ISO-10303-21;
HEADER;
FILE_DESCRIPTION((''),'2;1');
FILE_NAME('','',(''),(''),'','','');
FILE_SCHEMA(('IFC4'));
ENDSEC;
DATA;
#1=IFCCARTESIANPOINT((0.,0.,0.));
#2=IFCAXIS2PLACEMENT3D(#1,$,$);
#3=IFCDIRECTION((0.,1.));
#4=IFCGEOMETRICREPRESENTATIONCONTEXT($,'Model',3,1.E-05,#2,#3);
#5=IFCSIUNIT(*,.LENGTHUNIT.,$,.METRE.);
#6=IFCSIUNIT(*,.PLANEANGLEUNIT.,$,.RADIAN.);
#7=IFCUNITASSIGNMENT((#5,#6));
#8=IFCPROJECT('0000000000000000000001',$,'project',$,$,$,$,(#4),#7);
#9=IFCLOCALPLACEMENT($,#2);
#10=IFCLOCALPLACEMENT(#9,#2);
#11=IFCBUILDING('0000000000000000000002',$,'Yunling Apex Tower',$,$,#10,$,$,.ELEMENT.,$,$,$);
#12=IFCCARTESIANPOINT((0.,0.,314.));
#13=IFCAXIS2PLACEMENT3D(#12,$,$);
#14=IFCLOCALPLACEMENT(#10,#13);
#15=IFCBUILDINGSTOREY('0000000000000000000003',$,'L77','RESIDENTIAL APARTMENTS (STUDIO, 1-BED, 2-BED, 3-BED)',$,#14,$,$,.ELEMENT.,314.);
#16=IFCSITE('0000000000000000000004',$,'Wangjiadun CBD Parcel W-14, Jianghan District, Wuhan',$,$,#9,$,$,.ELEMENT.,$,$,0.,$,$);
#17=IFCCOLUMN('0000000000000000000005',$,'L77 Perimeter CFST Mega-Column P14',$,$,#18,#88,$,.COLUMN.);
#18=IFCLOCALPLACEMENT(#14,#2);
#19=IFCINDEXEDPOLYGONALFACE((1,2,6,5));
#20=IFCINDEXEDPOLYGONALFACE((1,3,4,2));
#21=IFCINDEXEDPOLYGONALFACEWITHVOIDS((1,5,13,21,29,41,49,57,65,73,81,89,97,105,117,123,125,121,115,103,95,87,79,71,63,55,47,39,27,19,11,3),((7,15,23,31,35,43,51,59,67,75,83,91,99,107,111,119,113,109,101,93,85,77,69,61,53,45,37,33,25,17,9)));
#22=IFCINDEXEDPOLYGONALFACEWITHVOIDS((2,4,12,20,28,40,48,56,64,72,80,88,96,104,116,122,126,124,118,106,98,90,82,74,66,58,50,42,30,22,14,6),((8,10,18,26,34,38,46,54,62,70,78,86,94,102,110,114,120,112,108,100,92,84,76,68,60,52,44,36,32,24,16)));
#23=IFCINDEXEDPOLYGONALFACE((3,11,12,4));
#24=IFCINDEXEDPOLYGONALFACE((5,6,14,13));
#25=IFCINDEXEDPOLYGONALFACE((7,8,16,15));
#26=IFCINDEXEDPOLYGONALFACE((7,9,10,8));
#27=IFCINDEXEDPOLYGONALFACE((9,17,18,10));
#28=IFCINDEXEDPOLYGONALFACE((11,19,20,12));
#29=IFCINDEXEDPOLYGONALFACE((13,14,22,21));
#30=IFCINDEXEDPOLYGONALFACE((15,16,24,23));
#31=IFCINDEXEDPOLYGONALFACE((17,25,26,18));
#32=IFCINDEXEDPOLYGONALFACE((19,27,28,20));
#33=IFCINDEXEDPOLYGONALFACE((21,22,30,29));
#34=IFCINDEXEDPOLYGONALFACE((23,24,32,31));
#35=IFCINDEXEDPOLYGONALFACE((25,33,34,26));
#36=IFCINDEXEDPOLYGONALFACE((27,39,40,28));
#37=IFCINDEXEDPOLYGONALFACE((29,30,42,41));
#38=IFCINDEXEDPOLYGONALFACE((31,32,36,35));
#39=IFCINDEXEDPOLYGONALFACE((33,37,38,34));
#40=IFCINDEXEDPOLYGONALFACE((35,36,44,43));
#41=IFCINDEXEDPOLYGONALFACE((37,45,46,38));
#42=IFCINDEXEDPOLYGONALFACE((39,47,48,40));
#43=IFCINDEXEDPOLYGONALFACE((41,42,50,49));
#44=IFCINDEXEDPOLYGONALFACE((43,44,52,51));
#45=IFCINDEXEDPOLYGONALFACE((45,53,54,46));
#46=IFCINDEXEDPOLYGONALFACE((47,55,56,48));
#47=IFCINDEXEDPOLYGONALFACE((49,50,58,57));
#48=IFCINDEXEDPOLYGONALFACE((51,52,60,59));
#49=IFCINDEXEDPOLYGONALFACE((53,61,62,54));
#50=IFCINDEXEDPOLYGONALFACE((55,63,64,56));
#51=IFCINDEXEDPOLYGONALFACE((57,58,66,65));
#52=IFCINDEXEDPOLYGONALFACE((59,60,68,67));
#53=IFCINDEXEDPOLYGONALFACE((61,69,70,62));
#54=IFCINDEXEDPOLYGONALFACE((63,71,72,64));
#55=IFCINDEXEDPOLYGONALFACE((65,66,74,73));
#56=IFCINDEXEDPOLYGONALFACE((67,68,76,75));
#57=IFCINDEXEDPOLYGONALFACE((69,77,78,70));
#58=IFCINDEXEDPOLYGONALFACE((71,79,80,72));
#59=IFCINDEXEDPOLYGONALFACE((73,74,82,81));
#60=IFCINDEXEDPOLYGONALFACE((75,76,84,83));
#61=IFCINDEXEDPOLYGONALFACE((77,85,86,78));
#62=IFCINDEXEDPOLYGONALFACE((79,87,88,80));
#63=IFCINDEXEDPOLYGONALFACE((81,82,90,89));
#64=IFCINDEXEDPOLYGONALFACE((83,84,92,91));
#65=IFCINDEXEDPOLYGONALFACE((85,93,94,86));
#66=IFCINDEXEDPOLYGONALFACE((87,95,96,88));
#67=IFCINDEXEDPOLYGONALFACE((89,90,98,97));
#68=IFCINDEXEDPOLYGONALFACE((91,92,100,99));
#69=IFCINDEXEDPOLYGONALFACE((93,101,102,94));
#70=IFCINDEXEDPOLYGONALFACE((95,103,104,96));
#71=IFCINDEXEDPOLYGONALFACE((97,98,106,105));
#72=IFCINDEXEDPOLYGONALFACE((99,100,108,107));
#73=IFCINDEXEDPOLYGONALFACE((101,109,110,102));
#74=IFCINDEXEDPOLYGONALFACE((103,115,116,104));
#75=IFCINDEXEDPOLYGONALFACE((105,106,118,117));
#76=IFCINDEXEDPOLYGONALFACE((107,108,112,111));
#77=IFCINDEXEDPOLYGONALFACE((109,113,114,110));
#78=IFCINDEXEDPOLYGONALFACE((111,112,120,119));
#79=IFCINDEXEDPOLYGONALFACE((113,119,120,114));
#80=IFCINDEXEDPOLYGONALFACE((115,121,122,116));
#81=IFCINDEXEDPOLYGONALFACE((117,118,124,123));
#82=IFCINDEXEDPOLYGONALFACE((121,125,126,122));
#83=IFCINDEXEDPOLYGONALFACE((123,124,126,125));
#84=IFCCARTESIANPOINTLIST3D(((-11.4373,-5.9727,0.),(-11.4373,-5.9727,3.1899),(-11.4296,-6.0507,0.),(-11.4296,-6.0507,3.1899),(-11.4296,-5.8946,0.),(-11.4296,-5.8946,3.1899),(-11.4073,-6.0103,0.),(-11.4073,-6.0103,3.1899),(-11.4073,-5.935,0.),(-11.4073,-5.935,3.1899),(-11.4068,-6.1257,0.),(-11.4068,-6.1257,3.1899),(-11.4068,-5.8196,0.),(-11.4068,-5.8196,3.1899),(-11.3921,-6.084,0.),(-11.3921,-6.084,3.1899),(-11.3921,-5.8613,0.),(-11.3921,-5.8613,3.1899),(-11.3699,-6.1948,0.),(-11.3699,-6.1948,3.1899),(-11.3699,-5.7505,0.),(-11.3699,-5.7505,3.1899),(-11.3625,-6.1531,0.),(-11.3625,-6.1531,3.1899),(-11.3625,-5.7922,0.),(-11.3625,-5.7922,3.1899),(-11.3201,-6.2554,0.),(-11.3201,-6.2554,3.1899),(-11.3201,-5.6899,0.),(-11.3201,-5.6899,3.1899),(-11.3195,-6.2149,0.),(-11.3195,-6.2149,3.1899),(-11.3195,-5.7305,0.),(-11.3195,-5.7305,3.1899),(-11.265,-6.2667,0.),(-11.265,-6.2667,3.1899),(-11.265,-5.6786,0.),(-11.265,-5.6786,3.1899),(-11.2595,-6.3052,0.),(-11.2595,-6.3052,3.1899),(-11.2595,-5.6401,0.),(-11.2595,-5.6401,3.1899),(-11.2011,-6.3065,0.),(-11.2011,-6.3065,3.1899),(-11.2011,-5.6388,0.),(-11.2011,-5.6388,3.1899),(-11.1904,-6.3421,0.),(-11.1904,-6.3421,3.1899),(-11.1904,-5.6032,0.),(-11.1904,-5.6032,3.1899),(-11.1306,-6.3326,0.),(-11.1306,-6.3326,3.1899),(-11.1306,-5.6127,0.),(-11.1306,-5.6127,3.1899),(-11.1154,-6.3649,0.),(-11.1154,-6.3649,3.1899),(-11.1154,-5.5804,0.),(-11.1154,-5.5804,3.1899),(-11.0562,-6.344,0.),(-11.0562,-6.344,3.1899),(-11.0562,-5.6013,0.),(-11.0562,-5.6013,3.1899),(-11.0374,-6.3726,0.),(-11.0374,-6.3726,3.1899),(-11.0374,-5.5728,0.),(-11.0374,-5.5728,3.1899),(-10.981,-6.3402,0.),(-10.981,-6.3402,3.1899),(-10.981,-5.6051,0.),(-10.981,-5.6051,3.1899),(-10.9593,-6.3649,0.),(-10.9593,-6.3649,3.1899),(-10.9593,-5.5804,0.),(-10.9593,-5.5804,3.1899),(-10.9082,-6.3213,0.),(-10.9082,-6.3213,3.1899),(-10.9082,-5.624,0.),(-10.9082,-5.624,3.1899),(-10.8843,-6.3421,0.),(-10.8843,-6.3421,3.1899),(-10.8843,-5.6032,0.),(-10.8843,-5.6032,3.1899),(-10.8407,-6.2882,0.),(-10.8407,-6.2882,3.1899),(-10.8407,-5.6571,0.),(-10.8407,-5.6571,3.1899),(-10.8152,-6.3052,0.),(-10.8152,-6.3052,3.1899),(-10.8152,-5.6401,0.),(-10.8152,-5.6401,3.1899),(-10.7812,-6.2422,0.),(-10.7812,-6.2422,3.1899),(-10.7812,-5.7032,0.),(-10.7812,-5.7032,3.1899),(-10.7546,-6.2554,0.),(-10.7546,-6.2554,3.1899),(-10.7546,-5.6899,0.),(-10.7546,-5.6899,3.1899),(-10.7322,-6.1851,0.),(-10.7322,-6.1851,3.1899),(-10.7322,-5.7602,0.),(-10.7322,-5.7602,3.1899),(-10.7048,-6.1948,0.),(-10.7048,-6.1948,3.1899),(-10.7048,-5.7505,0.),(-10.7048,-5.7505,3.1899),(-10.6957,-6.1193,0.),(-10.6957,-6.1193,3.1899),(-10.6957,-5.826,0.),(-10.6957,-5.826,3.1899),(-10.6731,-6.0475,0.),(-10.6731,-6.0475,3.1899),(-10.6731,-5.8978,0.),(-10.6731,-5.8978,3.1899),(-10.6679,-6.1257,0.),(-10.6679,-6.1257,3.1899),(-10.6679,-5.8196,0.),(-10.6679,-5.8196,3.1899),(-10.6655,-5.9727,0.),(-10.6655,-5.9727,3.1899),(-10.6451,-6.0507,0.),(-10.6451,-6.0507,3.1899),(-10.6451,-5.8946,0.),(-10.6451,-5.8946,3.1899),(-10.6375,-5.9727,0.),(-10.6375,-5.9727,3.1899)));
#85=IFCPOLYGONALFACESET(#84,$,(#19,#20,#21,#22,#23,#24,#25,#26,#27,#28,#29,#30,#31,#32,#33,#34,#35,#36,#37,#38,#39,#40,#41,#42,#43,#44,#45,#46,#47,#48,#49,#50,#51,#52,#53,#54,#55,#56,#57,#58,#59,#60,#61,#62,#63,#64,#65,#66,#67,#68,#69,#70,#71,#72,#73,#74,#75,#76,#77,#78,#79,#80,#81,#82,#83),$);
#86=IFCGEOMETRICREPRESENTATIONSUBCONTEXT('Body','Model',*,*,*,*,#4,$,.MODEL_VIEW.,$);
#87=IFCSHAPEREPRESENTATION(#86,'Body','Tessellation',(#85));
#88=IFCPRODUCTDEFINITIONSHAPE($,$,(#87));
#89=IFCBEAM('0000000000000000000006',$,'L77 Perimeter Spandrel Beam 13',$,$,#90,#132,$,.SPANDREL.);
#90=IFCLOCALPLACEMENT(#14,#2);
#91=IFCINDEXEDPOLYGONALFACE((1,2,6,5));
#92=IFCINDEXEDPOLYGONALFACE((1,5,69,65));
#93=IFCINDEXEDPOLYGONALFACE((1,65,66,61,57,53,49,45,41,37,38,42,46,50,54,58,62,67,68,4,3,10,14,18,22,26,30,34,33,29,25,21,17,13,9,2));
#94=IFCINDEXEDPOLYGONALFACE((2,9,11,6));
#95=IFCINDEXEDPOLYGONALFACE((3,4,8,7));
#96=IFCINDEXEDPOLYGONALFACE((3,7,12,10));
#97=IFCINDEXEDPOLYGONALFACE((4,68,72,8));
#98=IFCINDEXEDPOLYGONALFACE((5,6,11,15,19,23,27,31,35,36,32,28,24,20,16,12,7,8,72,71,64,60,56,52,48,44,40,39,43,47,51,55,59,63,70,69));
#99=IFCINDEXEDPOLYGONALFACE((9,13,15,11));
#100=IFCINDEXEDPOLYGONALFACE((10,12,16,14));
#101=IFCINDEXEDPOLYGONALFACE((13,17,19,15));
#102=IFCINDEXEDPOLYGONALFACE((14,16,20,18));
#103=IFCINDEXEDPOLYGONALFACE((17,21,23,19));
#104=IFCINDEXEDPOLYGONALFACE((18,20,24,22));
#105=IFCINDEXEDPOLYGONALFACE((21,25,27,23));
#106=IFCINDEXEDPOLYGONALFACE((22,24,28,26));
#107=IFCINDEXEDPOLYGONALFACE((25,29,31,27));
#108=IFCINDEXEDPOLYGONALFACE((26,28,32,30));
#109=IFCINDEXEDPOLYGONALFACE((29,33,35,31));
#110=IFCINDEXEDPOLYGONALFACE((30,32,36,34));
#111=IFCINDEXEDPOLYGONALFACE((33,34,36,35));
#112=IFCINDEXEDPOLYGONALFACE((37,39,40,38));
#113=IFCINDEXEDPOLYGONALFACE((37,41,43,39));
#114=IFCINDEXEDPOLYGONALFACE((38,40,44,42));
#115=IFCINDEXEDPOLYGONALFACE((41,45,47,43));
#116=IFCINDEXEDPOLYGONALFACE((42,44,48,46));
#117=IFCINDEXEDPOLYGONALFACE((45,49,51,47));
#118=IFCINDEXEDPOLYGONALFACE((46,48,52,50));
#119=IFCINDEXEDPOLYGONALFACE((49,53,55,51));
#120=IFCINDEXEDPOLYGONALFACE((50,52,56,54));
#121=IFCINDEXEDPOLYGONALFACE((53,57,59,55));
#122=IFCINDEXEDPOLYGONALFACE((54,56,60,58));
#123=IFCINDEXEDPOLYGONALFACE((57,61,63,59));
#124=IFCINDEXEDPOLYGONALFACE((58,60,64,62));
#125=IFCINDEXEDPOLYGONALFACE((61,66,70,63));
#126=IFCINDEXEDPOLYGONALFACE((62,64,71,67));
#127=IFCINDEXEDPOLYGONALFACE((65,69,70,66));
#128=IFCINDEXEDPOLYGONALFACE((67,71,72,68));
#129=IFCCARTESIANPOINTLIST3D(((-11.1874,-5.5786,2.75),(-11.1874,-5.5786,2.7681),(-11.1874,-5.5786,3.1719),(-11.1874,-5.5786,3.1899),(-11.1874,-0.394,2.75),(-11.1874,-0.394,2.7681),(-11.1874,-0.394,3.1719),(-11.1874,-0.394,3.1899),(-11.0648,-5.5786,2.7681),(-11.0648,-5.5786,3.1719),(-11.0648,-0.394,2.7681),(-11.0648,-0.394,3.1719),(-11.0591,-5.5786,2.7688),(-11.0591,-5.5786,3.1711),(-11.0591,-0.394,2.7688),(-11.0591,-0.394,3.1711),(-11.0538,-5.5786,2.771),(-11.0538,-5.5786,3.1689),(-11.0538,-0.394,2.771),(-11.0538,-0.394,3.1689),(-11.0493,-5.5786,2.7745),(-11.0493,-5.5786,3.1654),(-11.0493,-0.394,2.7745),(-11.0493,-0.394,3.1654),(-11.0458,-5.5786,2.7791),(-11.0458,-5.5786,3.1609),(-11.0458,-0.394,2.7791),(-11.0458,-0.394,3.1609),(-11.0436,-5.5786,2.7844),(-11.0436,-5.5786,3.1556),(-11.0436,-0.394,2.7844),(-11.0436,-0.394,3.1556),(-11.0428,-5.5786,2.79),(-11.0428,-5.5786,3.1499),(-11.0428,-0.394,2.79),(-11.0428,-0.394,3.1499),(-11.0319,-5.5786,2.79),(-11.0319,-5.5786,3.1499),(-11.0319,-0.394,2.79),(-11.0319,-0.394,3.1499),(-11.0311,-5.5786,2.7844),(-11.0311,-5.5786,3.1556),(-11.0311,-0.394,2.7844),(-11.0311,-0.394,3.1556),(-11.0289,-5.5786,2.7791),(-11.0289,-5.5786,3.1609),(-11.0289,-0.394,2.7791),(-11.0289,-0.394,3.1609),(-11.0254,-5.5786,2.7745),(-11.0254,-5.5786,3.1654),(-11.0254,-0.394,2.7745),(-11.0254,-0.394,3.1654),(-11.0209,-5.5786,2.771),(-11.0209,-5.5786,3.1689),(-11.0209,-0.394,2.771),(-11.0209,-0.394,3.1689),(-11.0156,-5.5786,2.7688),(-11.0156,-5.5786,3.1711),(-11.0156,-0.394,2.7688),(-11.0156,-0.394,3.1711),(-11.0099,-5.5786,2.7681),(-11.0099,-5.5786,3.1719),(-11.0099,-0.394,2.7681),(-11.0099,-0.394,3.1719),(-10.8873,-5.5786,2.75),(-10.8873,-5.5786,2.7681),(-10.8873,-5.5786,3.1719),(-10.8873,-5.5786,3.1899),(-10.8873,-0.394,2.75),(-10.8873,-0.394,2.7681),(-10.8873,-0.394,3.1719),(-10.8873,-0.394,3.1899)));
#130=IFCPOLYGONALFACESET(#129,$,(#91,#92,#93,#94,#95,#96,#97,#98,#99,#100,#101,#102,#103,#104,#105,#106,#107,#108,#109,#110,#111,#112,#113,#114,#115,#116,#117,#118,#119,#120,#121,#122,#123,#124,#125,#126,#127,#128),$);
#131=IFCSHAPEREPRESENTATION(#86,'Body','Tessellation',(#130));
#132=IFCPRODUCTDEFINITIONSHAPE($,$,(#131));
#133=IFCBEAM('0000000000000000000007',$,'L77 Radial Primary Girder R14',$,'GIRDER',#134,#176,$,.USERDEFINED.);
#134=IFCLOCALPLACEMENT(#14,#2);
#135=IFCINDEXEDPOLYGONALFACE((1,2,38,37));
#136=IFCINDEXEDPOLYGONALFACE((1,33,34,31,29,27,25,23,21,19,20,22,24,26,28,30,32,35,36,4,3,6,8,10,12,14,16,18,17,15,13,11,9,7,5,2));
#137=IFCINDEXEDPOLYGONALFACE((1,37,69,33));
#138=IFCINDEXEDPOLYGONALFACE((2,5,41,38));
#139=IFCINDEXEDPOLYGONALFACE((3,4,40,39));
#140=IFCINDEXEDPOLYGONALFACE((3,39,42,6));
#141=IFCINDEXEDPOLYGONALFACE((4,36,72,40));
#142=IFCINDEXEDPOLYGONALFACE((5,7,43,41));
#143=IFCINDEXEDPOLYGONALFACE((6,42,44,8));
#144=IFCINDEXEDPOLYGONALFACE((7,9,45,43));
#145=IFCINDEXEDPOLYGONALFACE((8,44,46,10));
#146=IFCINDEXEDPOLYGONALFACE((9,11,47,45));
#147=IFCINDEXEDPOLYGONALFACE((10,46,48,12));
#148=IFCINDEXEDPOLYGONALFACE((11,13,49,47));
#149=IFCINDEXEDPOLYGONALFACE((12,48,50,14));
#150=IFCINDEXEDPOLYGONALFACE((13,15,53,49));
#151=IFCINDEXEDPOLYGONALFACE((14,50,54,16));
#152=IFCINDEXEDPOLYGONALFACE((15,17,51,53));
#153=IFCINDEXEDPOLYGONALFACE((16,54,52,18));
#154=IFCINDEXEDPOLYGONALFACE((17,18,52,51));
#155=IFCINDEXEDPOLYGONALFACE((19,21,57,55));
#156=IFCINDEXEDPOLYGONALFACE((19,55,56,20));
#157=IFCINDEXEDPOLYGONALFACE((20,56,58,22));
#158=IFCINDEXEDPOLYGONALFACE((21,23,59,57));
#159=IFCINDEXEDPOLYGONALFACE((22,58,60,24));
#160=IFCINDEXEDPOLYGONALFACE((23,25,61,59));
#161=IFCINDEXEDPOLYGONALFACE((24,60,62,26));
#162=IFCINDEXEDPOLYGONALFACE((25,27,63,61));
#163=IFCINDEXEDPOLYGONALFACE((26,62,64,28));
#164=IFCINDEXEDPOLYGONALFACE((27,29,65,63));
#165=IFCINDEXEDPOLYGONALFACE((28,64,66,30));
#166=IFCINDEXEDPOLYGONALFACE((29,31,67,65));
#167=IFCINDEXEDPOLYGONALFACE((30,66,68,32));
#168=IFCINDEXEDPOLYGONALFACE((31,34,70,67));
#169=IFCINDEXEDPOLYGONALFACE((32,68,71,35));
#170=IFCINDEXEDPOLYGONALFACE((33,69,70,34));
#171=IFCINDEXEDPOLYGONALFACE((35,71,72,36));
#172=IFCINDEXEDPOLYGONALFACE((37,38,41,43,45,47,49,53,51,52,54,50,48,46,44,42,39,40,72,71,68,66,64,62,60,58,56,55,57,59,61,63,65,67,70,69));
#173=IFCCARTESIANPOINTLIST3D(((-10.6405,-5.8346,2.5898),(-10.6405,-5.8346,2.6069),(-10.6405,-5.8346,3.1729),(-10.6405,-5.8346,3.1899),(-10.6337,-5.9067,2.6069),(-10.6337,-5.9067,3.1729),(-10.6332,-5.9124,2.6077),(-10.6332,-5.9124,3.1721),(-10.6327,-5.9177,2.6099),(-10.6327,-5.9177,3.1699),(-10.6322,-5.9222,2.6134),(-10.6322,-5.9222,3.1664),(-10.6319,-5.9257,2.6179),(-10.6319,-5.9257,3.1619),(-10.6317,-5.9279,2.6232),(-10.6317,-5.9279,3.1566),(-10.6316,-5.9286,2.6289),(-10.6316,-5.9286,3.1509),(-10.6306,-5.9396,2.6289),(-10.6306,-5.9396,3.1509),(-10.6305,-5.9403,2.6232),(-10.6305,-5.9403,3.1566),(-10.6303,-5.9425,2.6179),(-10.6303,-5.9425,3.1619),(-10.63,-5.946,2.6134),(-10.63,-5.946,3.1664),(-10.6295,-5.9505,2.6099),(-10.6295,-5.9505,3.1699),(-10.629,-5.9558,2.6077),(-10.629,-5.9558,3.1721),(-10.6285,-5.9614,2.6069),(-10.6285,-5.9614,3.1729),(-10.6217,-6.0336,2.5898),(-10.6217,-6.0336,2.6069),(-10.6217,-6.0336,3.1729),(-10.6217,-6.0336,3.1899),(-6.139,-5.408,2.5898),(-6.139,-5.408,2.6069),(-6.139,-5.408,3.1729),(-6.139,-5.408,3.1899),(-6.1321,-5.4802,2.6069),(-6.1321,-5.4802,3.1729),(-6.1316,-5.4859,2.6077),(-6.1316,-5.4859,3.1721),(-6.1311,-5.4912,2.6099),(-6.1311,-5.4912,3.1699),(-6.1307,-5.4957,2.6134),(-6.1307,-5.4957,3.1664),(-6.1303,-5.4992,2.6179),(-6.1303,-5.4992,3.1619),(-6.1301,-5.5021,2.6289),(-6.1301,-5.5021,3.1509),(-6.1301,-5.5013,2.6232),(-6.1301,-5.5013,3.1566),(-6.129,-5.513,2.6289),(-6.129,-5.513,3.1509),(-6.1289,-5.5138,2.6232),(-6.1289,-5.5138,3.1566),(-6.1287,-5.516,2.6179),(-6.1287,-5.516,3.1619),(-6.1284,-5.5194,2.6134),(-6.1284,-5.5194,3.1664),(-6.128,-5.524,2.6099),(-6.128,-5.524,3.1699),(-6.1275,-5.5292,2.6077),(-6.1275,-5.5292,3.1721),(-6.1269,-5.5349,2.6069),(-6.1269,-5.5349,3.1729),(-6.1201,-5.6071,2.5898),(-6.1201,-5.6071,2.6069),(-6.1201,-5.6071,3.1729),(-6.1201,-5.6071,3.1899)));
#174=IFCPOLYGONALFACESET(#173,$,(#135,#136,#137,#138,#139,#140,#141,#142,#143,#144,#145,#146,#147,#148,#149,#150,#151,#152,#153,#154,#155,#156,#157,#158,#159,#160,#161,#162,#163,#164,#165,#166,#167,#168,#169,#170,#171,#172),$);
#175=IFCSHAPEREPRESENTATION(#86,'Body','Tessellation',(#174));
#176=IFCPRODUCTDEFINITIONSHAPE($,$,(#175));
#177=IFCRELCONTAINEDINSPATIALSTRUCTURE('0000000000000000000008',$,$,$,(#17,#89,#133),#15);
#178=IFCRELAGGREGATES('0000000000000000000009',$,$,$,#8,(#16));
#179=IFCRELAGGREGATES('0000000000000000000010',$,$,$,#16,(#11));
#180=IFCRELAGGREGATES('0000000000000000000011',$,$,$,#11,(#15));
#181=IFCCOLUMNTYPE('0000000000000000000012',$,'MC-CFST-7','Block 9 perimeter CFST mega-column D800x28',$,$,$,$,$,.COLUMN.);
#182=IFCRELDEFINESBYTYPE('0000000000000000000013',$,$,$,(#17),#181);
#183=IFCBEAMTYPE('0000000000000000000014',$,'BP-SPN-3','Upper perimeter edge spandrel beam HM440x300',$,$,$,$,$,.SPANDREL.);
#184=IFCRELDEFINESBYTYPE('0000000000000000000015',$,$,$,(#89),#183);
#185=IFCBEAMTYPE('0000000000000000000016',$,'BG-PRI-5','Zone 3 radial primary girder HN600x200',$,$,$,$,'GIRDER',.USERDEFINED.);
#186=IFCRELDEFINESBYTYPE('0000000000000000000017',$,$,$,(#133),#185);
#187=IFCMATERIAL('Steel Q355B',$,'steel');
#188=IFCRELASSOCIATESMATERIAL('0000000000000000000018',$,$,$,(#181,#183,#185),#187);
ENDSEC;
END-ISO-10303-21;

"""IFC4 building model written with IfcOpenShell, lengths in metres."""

from ifc_helpers import new_model, si_unit, direction, frame, origin, origin_2d, place, context, subcontext, project, spatial, hollow_circle, i_section, extrude, source, transform, mapped, material, material_profile, profile_set, type_object, element, save


model = new_model("IFC4")

# Units and contexts
model_context = context("Model", 3, precision=1e-05, world=origin(), true_north=direction((0.0, 1.0)))
body_context = subcontext(model_context, "Body", "Model", "MODEL_VIEW")
ifc_project = project(units=[si_unit("LENGTHUNIT", "METRE"), si_unit("PLANEANGLEUNIT", "RADIAN")], contexts=[model_context])

# Site, building, storey
site_placement = place(None, origin())
site = spatial("IfcSite", under=ifc_project, at=site_placement, Name="Wangjiadun CBD Parcel W-14, Jianghan District, Wuhan", CompositionType="ELEMENT", RefElevation=0.0)
building_placement = place(site_placement, origin())
building = spatial("IfcBuilding", under=site, at=building_placement, Name="Yunling Apex Tower", CompositionType="ELEMENT")
storey_placement = place(building_placement, frame((0.0, 0.0, 314.0)))
storey = spatial("IfcBuildingStorey", under=building, at=storey_placement, Name="L77", Description="RESIDENTIAL APARTMENTS (STUDIO, 1-BED, 2-BED, 3-BED)", CompositionType="ELEMENT", Elevation=314.0)

# Column
ifc_material_1 = material(Name="Steel Q355B", Category="steel")
ifc_material_profile_1 = material_profile(ifc_material_1, hollow_circle(Radius=0.3999, WallThickness=0.0281, at=origin_2d()))
ifc_profile_set_1 = profile_set([ifc_material_profile_1], Name="Steel Q355B")
column_type = type_object("IfcColumnType", Name="MC-CFST-7", Description="Block 9 perimeter CFST mega-column D800x28", PredefinedType="COLUMN", material=ifc_profile_set_1)
shared_shape_1 = source(origin(), body_context, "Body", "SweptSolid", [
    extrude(hollow_circle(Radius=0.3999, WallThickness=0.0281, at=origin_2d()), origin(), (0.0, 0.0, 1.0), 3.1899),
])
column_placement = place(storey_placement, frame((-11.0374, -5.9727, 0.0), z_axis=(0.0, 0.0, 1.0), x_axis=(1.0, 0.0, 0.0)))
element("IfcColumn", 1, at=column_placement, inside=storey, type_object=column_type, Name="L77 Perimeter CFST Mega-Column P14", PredefinedType="COLUMN", context=body_context, shape_type="MappedRepresentation", body=[
    mapped(shared_shape_1, transform((0.0, 0.0, 0.0), scale=1.0)),
])

# Beams
ifc_material_profile_2 = material_profile(ifc_material_1, i_section(OverallWidth=0.3, OverallDepth=0.4399, WebThickness=0.011, FlangeThickness=0.0181, FilletRadius=0.022, at=origin_2d()))
ifc_profile_set_2 = profile_set([ifc_material_profile_2], Name="Steel Q355B")
beam_type_1 = type_object("IfcBeamType", Name="BP-SPN-3", Description="Upper perimeter edge spandrel beam HM440x300", PredefinedType="SPANDREL", material=ifc_profile_set_2)
shared_shape_2 = source(origin(), body_context, "Body", "SweptSolid", [
    extrude(i_section(OverallWidth=0.3, OverallDepth=0.4399, WebThickness=0.011, FlangeThickness=0.0181, FilletRadius=0.022, at=origin_2d()), origin(), (0.0, 0.0, 1.0), 5.1846),
])
beam_1_placement = place(storey_placement, frame((-11.0374, -0.394, 2.97), z_axis=(0.0, -1.0, 0.0), x_axis=(1.0, 0.0, 0.0)))
element("IfcBeam", 2, at=beam_1_placement, inside=storey, type_object=beam_type_1, Name="L77 Perimeter Spandrel Beam 13", PredefinedType="SPANDREL", context=body_context, shape_type="MappedRepresentation", body=[
    mapped(shared_shape_2, transform((0.0, 0.0, 0.0), scale=1.0)),
])
ifc_material_profile_3 = material_profile(ifc_material_1, i_section(OverallWidth=0.2, OverallDepth=0.6001, WebThickness=0.011, FlangeThickness=0.0171, FilletRadius=0.022, at=origin_2d()))
ifc_profile_set_3 = profile_set([ifc_material_profile_3], Name="Steel Q355B")
beam_type_2 = type_object("IfcBeamType", Name="BG-PRI-5", Description="Zone 3 radial primary girder HN600x200", ElementType="GIRDER", PredefinedType="USERDEFINED", material=ifc_profile_set_3)
shared_shape_3 = source(origin(), body_context, "Body", "SweptSolid", [
    extrude(i_section(OverallWidth=0.2, OverallDepth=0.6001, WebThickness=0.011, FlangeThickness=0.0171, FilletRadius=0.022, at=origin_2d()), origin(), (0.0, 0.0, 1.0), 4.5217),
])
beam_2_placement = place(storey_placement, frame((-10.6311, -5.9341, 2.8899), z_axis=(0.995541, 0.094328, 0.0), x_axis=(-0.094328, 0.995541, 0.0)))
element("IfcBeam", 3, at=beam_2_placement, inside=storey, type_object=beam_type_2, Name="L77 Radial Primary Girder R14", ObjectType="GIRDER", PredefinedType="USERDEFINED", context=body_context, shape_type="MappedRepresentation", body=[
    mapped(shared_shape_3, transform((0.0, 0.0, 0.0), scale=1.0)),
])

save(model, "model.ifc")
